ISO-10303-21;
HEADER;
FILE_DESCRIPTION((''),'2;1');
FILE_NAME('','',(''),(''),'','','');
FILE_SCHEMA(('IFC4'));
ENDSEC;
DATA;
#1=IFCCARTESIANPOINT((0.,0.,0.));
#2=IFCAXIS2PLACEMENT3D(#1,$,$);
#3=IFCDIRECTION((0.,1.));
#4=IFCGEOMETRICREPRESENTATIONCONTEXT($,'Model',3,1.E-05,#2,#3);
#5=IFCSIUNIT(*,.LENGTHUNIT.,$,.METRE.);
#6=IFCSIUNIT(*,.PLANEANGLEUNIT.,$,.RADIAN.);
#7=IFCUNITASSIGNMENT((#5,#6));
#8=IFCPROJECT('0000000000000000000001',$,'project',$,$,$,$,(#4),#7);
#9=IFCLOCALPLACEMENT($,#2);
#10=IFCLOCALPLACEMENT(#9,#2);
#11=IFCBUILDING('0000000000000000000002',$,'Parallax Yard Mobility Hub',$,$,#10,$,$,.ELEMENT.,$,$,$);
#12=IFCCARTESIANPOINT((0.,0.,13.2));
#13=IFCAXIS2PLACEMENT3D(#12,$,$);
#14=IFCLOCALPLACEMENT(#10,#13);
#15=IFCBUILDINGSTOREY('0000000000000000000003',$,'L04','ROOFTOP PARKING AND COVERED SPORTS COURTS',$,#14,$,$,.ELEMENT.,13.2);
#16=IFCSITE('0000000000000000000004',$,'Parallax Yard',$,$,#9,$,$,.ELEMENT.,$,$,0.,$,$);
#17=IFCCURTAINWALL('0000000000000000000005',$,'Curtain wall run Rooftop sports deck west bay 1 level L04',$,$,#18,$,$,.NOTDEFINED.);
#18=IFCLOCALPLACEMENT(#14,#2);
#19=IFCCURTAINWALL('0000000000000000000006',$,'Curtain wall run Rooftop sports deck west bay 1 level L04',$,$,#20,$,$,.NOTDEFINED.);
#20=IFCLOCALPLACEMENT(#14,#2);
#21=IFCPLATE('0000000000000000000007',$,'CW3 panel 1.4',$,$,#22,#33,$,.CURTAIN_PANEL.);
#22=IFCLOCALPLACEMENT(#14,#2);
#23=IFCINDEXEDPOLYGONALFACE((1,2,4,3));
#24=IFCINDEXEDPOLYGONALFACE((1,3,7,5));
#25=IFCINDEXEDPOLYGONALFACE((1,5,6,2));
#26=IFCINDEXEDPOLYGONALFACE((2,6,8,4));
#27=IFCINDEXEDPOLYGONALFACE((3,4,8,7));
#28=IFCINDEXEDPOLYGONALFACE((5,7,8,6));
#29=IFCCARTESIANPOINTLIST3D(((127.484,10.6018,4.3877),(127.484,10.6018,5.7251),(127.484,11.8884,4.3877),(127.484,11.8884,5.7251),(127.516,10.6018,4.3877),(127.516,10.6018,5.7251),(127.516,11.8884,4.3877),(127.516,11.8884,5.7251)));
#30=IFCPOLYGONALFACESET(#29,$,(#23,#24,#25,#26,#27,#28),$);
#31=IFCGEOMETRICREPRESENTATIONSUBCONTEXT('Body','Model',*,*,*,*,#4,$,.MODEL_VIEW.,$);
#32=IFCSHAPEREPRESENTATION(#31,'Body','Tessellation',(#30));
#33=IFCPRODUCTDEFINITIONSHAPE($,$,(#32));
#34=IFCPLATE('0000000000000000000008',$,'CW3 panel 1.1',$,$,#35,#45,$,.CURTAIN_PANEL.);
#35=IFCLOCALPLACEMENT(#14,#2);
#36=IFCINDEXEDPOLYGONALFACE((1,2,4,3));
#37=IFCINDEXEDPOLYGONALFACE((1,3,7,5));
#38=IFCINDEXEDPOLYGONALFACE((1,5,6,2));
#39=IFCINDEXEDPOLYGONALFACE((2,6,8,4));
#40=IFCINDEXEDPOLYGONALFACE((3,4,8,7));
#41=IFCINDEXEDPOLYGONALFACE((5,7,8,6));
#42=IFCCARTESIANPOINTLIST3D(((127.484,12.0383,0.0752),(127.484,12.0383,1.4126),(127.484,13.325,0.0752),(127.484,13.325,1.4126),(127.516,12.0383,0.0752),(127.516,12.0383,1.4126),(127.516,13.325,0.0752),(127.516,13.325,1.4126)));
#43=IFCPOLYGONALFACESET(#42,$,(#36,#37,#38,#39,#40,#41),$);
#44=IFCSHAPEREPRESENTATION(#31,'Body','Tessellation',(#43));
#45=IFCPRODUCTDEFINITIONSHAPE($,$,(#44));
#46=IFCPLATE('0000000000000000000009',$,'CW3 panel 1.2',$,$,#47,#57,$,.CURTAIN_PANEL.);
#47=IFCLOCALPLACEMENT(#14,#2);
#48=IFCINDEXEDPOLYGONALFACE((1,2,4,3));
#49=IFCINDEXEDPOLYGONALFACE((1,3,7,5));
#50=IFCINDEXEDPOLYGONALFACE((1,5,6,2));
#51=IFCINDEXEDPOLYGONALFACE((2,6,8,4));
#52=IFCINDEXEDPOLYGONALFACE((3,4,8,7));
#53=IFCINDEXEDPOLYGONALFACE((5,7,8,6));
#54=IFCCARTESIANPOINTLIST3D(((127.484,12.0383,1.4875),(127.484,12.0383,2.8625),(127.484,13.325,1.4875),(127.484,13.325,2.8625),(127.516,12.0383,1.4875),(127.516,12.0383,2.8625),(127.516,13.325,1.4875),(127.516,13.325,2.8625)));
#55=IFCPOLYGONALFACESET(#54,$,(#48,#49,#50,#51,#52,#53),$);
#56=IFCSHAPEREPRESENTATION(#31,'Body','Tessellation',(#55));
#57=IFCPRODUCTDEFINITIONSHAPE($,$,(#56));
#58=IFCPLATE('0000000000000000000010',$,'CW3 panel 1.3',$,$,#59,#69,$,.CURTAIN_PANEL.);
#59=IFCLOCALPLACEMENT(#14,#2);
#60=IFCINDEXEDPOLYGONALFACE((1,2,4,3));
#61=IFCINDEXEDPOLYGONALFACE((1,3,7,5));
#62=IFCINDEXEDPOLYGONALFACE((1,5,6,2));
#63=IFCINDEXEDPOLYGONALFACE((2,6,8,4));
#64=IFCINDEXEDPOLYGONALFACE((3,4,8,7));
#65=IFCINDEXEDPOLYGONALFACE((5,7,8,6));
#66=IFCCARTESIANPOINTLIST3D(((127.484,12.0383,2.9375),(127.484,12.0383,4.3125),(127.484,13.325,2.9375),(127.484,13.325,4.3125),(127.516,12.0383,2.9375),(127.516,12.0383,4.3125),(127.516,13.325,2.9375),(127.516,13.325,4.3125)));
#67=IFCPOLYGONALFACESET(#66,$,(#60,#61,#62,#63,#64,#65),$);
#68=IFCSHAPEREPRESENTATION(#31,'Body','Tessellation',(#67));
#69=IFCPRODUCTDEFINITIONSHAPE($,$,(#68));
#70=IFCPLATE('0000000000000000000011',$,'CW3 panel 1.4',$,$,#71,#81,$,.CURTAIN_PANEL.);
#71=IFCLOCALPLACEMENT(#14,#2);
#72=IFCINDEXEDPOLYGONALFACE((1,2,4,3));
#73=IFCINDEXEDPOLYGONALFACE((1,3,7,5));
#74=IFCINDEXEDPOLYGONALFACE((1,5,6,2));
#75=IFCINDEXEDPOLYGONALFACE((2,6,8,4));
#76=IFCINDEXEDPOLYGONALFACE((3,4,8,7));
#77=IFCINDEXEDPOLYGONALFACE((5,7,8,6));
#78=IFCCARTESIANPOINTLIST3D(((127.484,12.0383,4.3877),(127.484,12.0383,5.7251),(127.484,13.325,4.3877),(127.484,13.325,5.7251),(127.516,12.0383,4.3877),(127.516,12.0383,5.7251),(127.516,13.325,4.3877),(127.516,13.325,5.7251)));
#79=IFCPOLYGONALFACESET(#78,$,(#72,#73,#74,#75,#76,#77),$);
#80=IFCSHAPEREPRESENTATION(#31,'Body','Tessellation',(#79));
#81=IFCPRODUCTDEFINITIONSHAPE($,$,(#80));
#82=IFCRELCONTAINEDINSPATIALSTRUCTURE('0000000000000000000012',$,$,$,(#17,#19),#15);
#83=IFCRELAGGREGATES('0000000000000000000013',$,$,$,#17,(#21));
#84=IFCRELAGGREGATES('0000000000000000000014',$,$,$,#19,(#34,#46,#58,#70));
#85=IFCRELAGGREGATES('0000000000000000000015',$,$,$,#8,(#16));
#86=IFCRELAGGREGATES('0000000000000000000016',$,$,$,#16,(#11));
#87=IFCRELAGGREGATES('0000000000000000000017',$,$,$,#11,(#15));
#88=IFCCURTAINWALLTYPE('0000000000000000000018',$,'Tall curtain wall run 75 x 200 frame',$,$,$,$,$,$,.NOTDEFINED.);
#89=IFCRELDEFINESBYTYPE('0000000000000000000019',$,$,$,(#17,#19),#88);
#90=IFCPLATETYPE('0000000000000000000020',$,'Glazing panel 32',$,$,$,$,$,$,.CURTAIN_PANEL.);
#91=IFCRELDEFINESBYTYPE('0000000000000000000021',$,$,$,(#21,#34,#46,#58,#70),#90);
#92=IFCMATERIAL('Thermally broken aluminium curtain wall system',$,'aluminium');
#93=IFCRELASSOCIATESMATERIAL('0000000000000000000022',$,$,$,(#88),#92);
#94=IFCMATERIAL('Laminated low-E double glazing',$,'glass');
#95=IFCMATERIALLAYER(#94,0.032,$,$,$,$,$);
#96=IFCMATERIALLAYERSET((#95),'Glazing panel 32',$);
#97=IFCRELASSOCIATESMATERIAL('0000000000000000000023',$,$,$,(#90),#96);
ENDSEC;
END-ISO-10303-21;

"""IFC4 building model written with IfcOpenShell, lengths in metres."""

from ifc_helpers import new_model, si_unit, direction, frame, origin, origin_2d, place, context, subcontext, project, spatial, rectangle, extrude, material, layer, layer_set, type_object, element, aggregate, save


model = new_model("IFC4")

# Units and contexts
model_context = context("Model", 3, precision=1e-05, world=origin(), true_north=direction((0.0, 1.0)))
body_context = subcontext(model_context, "Body", "Model", "MODEL_VIEW")
ifc_project = project(units=[si_unit("LENGTHUNIT", "METRE"), si_unit("PLANEANGLEUNIT", "RADIAN")], contexts=[model_context])

# Site, building, storey
site_placement = place(None, origin())
site = spatial("IfcSite", under=ifc_project, at=site_placement, Name="Parallax Yard", CompositionType="ELEMENT", RefElevation=0.0)
building_placement = place(site_placement, origin())
building = spatial("IfcBuilding", under=site, at=building_placement, Name="Parallax Yard Mobility Hub", CompositionType="ELEMENT")
storey_placement = place(building_placement, frame((0.0, 0.0, 13.2)))
storey = spatial("IfcBuildingStorey", under=building, at=storey_placement, Name="L04", Description="ROOFTOP PARKING AND COVERED SPORTS COURTS", CompositionType="ELEMENT", Elevation=13.2)

# Shared definitions
ifc_material_1 = material(Name="Thermally broken aluminium curtain wall system", Category="aluminium")
curtain_wall_type = type_object("IfcCurtainWallType", Name="Tall curtain wall run 75 x 200 frame", PredefinedType="NOTDEFINED", material=ifc_material_1)

# Curtain walls
curtain_wall_1_placement = place(storey_placement, origin())
curtain_wall_1 = element("IfcCurtainWall", 1, at=curtain_wall_1_placement, inside=storey, type_object=curtain_wall_type, Name="Curtain wall run Rooftop sports deck west bay 1 level L04", PredefinedType="NOTDEFINED")
curtain_wall_2_placement = place(storey_placement, origin())
curtain_wall_2 = element("IfcCurtainWall", 2, at=curtain_wall_2_placement, inside=storey, type_object=curtain_wall_type, Name="Curtain wall run Rooftop sports deck west bay 1 level L04", PredefinedType="NOTDEFINED")

# Plates
ifc_material_2 = material(Name="Laminated low-E double glazing", Category="glass")
ifc_layer_1 = layer(ifc_material_2, 0.032)
ifc_layer_set_1 = layer_set([ifc_layer_1], Name="Glazing panel 32")
plate_type = type_object("IfcPlateType", Name="Glazing panel 32", PredefinedType="CURTAIN_PANEL", material=ifc_layer_set_1)
plate_1_placement = place(storey_placement, frame((127.5, 11.2451, 4.3877), z_axis=(0.0, 0.0, 1.0), x_axis=(0.0, 1.0, 0.0)))
plate_1 = element("IfcPlate", 3, at=plate_1_placement, type_object=plate_type, Name="CW3 panel 1.4", PredefinedType="CURTAIN_PANEL", context=body_context, shape_type="SweptSolid", body=[
    extrude(rectangle(XDim=1.2866, YDim=0.032, at=origin_2d()), origin(), (0.0, 0.0, 1.0), 1.3374),
])
aggregate(curtain_wall_1, [plate_1])
plate_2_placement = place(storey_placement, frame((127.5, 12.6816, 0.0752), z_axis=(0.0, 0.0, 1.0), x_axis=(0.0, 1.0, 0.0)))
plate_2 = element("IfcPlate", 4, at=plate_2_placement, type_object=plate_type, Name="CW3 panel 1.1", PredefinedType="CURTAIN_PANEL", context=body_context, shape_type="SweptSolid", body=[
    extrude(rectangle(XDim=1.2866, YDim=0.032, at=origin_2d()), origin(), (0.0, 0.0, 1.0), 1.3374),
])
plate_3_placement = place(storey_placement, frame((127.5, 12.6816, 1.4875), z_axis=(0.0, 0.0, 1.0), x_axis=(0.0, 1.0, 0.0)))
plate_3 = element("IfcPlate", 5, at=plate_3_placement, type_object=plate_type, Name="CW3 panel 1.2", PredefinedType="CURTAIN_PANEL", context=body_context, shape_type="SweptSolid", body=[
    extrude(rectangle(XDim=1.2866, YDim=0.032, at=origin_2d()), origin(), (0.0, 0.0, 1.0), 1.375),
])
plate_4_placement = place(storey_placement, frame((127.5, 12.6816, 2.9375), z_axis=(0.0, 0.0, 1.0), x_axis=(0.0, 1.0, 0.0)))
plate_4 = element("IfcPlate", 6, at=plate_4_placement, type_object=plate_type, Name="CW3 panel 1.3", PredefinedType="CURTAIN_PANEL", context=body_context, shape_type="SweptSolid", body=[
    extrude(rectangle(XDim=1.2866, YDim=0.032, at=origin_2d()), origin(), (0.0, 0.0, 1.0), 1.375),
])
plate_5_placement = place(storey_placement, frame((127.5, 12.6816, 4.3877), z_axis=(0.0, 0.0, 1.0), x_axis=(0.0, 1.0, 0.0)))
plate_5 = element("IfcPlate", 7, at=plate_5_placement, type_object=plate_type, Name="CW3 panel 1.4", PredefinedType="CURTAIN_PANEL", context=body_context, shape_type="SweptSolid", body=[
    extrude(rectangle(XDim=1.2866, YDim=0.032, at=origin_2d()), origin(), (0.0, 0.0, 1.0), 1.3374),
])
aggregate(curtain_wall_2, [plate_2, plate_3, plate_4, plate_5])

save(model, "model.ifc")
